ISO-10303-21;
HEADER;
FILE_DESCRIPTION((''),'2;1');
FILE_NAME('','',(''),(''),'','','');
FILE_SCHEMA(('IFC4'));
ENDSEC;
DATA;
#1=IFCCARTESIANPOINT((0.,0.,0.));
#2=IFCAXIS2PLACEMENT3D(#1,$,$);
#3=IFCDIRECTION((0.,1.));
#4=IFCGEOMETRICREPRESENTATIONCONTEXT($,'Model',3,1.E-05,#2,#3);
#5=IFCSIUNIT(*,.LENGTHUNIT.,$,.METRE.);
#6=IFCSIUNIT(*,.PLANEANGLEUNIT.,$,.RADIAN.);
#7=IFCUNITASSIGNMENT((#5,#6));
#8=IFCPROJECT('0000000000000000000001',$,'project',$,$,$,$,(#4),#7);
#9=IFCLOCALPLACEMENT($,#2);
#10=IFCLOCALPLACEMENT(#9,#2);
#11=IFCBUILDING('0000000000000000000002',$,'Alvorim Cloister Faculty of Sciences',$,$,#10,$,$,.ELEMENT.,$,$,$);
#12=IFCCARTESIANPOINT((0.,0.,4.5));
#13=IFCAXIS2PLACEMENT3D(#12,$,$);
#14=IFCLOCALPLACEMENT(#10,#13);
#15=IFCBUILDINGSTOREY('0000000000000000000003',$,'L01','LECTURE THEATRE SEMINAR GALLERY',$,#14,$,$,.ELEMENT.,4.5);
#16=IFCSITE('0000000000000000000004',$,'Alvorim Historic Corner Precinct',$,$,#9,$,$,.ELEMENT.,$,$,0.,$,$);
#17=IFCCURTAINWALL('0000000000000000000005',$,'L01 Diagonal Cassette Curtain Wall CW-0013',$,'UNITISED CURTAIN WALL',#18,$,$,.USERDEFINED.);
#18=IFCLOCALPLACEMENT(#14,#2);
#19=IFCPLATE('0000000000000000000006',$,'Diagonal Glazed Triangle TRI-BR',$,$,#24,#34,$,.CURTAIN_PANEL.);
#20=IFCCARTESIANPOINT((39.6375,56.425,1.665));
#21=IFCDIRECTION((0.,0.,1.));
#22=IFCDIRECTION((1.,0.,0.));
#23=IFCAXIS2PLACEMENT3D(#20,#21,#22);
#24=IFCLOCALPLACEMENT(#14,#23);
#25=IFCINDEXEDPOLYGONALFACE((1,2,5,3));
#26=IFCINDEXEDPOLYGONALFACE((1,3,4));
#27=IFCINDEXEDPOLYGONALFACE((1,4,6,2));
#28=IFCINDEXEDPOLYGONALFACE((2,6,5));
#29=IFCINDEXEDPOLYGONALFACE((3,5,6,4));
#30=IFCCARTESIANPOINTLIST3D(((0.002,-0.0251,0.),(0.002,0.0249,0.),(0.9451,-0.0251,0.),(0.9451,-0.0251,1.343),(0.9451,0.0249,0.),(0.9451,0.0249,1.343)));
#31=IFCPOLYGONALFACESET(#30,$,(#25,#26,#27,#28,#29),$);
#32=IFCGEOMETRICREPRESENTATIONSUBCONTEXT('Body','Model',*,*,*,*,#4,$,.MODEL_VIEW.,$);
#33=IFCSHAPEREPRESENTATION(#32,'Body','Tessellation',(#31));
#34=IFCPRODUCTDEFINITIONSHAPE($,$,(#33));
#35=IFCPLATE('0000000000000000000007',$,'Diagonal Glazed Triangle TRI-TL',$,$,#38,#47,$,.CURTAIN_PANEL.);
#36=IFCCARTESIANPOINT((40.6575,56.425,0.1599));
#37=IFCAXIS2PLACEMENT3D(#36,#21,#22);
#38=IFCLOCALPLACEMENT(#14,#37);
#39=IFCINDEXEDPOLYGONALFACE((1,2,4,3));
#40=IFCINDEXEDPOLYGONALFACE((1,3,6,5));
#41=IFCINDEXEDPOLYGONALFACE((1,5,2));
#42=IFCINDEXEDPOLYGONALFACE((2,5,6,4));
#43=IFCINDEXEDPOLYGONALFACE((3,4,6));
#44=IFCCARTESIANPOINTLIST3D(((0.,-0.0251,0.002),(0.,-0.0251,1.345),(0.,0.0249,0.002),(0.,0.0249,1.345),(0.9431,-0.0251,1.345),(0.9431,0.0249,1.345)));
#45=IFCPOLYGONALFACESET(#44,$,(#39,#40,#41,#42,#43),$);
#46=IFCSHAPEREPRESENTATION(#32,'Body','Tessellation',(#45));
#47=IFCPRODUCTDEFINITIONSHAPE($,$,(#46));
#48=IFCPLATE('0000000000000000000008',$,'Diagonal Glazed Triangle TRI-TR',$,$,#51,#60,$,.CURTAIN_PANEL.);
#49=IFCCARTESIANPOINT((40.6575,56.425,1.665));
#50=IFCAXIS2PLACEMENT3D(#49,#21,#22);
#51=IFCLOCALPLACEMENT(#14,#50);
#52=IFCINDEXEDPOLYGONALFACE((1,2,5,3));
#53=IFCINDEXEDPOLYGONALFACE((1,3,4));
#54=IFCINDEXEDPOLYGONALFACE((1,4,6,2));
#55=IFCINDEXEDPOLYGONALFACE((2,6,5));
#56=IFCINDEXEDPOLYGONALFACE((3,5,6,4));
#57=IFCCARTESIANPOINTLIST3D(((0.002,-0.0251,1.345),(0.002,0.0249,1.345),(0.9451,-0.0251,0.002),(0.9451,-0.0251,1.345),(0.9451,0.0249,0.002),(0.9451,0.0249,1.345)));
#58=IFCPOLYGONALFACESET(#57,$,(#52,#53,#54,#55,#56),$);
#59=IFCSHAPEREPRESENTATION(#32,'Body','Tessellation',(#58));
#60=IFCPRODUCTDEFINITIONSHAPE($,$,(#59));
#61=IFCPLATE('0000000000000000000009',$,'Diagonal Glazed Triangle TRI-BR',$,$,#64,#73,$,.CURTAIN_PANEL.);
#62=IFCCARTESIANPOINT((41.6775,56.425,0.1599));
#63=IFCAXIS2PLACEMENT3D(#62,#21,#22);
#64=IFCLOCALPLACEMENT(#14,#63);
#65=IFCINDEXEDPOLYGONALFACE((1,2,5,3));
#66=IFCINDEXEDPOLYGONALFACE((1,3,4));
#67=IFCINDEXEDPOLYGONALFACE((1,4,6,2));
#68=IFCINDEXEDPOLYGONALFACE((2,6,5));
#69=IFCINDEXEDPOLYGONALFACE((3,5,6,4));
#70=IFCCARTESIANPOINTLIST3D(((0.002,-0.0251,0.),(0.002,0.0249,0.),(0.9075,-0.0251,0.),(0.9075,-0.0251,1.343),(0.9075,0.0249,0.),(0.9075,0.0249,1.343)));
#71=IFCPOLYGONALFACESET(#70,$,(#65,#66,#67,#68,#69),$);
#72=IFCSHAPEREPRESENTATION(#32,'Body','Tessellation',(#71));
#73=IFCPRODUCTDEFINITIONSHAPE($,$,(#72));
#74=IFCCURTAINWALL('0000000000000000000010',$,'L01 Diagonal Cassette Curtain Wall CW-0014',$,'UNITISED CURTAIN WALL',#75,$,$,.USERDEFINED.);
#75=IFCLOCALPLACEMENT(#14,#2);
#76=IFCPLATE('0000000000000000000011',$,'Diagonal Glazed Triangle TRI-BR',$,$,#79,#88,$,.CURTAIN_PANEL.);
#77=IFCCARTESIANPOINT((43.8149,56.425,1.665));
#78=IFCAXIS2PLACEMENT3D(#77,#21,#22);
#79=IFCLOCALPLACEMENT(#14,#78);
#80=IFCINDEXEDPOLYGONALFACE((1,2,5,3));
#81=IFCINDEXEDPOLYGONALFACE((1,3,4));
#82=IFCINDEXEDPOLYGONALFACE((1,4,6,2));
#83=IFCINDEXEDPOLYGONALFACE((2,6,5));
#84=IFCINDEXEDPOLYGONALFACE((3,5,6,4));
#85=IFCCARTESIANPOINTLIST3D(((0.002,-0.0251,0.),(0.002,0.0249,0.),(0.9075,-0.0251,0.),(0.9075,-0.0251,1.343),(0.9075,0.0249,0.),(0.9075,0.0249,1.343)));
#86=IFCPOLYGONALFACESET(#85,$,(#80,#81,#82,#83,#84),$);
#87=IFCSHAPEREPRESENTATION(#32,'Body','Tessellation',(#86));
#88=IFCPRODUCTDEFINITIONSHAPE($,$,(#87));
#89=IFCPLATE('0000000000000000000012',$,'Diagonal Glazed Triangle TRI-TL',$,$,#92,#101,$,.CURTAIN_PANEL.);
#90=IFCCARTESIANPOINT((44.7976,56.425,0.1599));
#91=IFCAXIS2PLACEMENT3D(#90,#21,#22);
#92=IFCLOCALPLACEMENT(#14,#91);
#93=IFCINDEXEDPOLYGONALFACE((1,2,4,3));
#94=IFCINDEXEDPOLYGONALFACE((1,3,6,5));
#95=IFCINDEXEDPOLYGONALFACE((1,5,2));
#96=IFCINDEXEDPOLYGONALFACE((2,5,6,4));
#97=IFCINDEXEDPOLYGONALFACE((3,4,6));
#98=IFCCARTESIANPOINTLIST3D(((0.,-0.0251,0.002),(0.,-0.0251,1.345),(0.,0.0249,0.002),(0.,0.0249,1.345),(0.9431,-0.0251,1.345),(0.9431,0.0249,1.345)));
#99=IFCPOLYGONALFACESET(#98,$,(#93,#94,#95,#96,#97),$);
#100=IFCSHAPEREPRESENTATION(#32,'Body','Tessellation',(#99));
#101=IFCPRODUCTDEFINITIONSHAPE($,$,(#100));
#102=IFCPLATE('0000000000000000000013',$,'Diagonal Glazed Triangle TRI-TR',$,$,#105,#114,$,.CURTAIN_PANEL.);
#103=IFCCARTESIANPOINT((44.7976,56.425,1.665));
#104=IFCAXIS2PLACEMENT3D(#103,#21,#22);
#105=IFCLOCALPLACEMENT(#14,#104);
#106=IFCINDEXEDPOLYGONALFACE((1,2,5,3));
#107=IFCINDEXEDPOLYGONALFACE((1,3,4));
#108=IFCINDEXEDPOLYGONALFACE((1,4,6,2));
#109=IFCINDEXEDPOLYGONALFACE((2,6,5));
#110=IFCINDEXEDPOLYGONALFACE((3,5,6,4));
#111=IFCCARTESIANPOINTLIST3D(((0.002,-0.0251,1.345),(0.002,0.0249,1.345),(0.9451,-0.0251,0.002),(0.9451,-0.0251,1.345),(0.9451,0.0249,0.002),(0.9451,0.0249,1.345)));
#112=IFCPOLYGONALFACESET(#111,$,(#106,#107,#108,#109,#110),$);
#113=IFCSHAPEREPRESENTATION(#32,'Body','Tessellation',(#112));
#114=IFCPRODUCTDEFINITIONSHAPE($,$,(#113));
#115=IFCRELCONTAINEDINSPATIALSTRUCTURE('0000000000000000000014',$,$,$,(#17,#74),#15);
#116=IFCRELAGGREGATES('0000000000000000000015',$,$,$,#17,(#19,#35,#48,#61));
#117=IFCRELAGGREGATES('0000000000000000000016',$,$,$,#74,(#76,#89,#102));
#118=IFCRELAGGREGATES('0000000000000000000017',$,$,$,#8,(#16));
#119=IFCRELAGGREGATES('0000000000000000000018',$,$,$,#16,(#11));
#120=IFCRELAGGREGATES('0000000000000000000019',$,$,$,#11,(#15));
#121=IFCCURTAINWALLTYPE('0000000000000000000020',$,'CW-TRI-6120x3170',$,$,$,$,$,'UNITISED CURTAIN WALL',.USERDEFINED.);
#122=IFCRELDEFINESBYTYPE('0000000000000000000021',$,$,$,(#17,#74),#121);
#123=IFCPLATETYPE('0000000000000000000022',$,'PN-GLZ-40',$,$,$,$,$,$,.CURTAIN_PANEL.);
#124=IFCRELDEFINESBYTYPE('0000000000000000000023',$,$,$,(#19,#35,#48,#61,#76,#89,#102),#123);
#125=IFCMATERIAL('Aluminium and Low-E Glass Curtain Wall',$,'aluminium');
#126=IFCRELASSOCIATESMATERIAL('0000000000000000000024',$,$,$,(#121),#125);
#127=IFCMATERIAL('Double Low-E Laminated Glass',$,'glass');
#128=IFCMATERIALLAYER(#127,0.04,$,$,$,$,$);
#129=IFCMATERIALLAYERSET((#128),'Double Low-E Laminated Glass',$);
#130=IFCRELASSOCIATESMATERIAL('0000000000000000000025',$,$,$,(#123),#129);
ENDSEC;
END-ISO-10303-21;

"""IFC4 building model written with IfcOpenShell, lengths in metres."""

from ifc_helpers import new_model, si_unit, direction, frame, origin, place, context, subcontext, project, spatial, polyline, outline, extrude, material, layer, layer_set, type_object, element, aggregate, save


model = new_model("IFC4")

# Units and contexts
model_context = context("Model", 3, precision=1e-05, world=origin(), true_north=direction((0.0, 1.0)))
body_context = subcontext(model_context, "Body", "Model", "MODEL_VIEW")
ifc_project = project(units=[si_unit("LENGTHUNIT", "METRE"), si_unit("PLANEANGLEUNIT", "RADIAN")], contexts=[model_context])

# Site, building, storey
site_placement = place(None, origin())
site = spatial("IfcSite", under=ifc_project, at=site_placement, Name="Alvorim Historic Corner Precinct", CompositionType="ELEMENT", RefElevation=0.0)
building_placement = place(site_placement, origin())
building = spatial("IfcBuilding", under=site, at=building_placement, Name="Alvorim Cloister Faculty of Sciences", CompositionType="ELEMENT")
storey_placement = place(building_placement, frame((0.0, 0.0, 4.5)))
storey = spatial("IfcBuildingStorey", under=building, at=storey_placement, Name="L01", Description="LECTURE THEATRE SEMINAR GALLERY", CompositionType="ELEMENT", Elevation=4.5)

# Curtain walls, plates
ifc_material_1 = material(Name="Aluminium and Low-E Glass Curtain Wall", Category="aluminium")
curtain_wall_type = type_object("IfcCurtainWallType", Name="CW-TRI-6120x3170", ElementType="UNITISED CURTAIN WALL", PredefinedType="USERDEFINED", material=ifc_material_1)
curtain_wall_1_placement = place(storey_placement, origin())
curtain_wall_1 = element("IfcCurtainWall", 1, at=curtain_wall_1_placement, inside=storey, type_object=curtain_wall_type, Name="L01 Diagonal Cassette Curtain Wall CW-0013", ObjectType="UNITISED CURTAIN WALL", PredefinedType="USERDEFINED")
ifc_material_2 = material(Name="Double Low-E Laminated Glass", Category="glass")
ifc_layer_1 = layer(ifc_material_2, 0.04)
ifc_layer_set_1 = layer_set([ifc_layer_1], Name="Double Low-E Laminated Glass")
plate_type = type_object("IfcPlateType", Name="PN-GLZ-40", PredefinedType="CURTAIN_PANEL", material=ifc_layer_set_1)
plate_1_placement = place(storey_placement, frame((39.6375, 56.425, 1.665), z_axis=(0.0, 0.0, 1.0), x_axis=(1.0, 0.0, 0.0)))
plate_1 = element("IfcPlate", 2, at=plate_1_placement, type_object=plate_type, Name="Diagonal Glazed Triangle TRI-BR", PredefinedType="CURTAIN_PANEL", context=body_context, shape_type="SweptSolid", body=[
    extrude(outline(polyline([(0.002, 0.0), (0.9451, 0.0), (0.9451, 1.343), (0.002, 0.0)])), frame((0.0, 0.0249, 0.0), z_axis=(0.0, -1.0, 0.0), x_axis=(1.0, 0.0, 0.0)), (0.0, 0.0, 1.0), 0.05),
])
plate_2_placement = place(storey_placement, frame((40.6575, 56.425, 0.1599), z_axis=(0.0, 0.0, 1.0), x_axis=(1.0, 0.0, 0.0)))
plate_2 = element("IfcPlate", 3, at=plate_2_placement, type_object=plate_type, Name="Diagonal Glazed Triangle TRI-TL", PredefinedType="CURTAIN_PANEL", context=body_context, shape_type="SweptSolid", body=[
    extrude(outline(polyline([(0.9431, 1.345), (0.0, 1.345), (0.0, 0.002), (0.9431, 1.345)])), frame((0.0, 0.0249, 0.0), z_axis=(0.0, -1.0, 0.0), x_axis=(1.0, 0.0, 0.0)), (0.0, 0.0, 1.0), 0.05),
])
plate_3_placement = place(storey_placement, frame((40.6575, 56.425, 1.665), z_axis=(0.0, 0.0, 1.0), x_axis=(1.0, 0.0, 0.0)))
plate_3 = element("IfcPlate", 4, at=plate_3_placement, type_object=plate_type, Name="Diagonal Glazed Triangle TRI-TR", PredefinedType="CURTAIN_PANEL", context=body_context, shape_type="SweptSolid", body=[
    extrude(outline(polyline([(0.9451, 0.002), (0.9451, 1.345), (0.002, 1.345), (0.9451, 0.002)])), frame((0.0, 0.0249, 0.0), z_axis=(0.0, -1.0, 0.0), x_axis=(1.0, 0.0, 0.0)), (0.0, 0.0, 1.0), 0.05),
])
plate_4_placement = place(storey_placement, frame((41.6775, 56.425, 0.1599), z_axis=(0.0, 0.0, 1.0), x_axis=(1.0, 0.0, 0.0)))
plate_4 = element("IfcPlate", 5, at=plate_4_placement, type_object=plate_type, Name="Diagonal Glazed Triangle TRI-BR", PredefinedType="CURTAIN_PANEL", context=body_context, shape_type="SweptSolid", body=[
    extrude(outline(polyline([(0.002, 0.0), (0.9075, 0.0), (0.9075, 1.343), (0.002, 0.0)])), frame((0.0, 0.0249, 0.0), z_axis=(0.0, -1.0, 0.0), x_axis=(1.0, 0.0, 0.0)), (0.0, 0.0, 1.0), 0.05),
])
aggregate(curtain_wall_1, [plate_1, plate_2, plate_3, plate_4])
curtain_wall_2_placement = place(storey_placement, origin())
curtain_wall_2 = element("IfcCurtainWall", 6, at=curtain_wall_2_placement, inside=storey, type_object=curtain_wall_type, Name="L01 Diagonal Cassette Curtain Wall CW-0014", ObjectType="UNITISED CURTAIN WALL", PredefinedType="USERDEFINED")
plate_5_placement = place(storey_placement, frame((43.8149, 56.425, 1.665), z_axis=(0.0, 0.0, 1.0), x_axis=(1.0, 0.0, 0.0)))
plate_5 = element("IfcPlate", 7, at=plate_5_placement, type_object=plate_type, Name="Diagonal Glazed Triangle TRI-BR", PredefinedType="CURTAIN_PANEL", context=body_context, shape_type="SweptSolid", body=[
    extrude(outline(polyline([(0.002, 0.0), (0.9075, 0.0), (0.9075, 1.343), (0.002, 0.0)])), frame((0.0, 0.0249, 0.0), z_axis=(0.0, -1.0, 0.0), x_axis=(1.0, 0.0, 0.0)), (0.0, 0.0, 1.0), 0.05),
])
plate_6_placement = place(storey_placement, frame((44.7976, 56.425, 0.1599), z_axis=(0.0, 0.0, 1.0), x_axis=(1.0, 0.0, 0.0)))
plate_6 = element("IfcPlate", 8, at=plate_6_placement, type_object=plate_type, Name="Diagonal Glazed Triangle TRI-TL", PredefinedType="CURTAIN_PANEL", context=body_context, shape_type="SweptSolid", body=[
    extrude(outline(polyline([(0.9431, 1.345), (0.0, 1.345), (0.0, 0.002), (0.9431, 1.345)])), frame((0.0, 0.0249, 0.0), z_axis=(0.0, -1.0, 0.0), x_axis=(1.0, 0.0, 0.0)), (0.0, 0.0, 1.0), 0.05),
])
plate_7_placement = place(storey_placement, frame((44.7976, 56.425, 1.665), z_axis=(0.0, 0.0, 1.0), x_axis=(1.0, 0.0, 0.0)))
plate_7 = element("IfcPlate", 9, at=plate_7_placement, type_object=plate_type, Name="Diagonal Glazed Triangle TRI-TR", PredefinedType="CURTAIN_PANEL", context=body_context, shape_type="SweptSolid", body=[
    extrude(outline(polyline([(0.9451, 0.002), (0.9451, 1.345), (0.002, 1.345), (0.9451, 0.002)])), frame((0.0, 0.0249, 0.0), z_axis=(0.0, -1.0, 0.0), x_axis=(1.0, 0.0, 0.0)), (0.0, 0.0, 1.0), 0.05),
])
aggregate(curtain_wall_2, [plate_5, plate_6, plate_7])

save(model, "model.ifc")
